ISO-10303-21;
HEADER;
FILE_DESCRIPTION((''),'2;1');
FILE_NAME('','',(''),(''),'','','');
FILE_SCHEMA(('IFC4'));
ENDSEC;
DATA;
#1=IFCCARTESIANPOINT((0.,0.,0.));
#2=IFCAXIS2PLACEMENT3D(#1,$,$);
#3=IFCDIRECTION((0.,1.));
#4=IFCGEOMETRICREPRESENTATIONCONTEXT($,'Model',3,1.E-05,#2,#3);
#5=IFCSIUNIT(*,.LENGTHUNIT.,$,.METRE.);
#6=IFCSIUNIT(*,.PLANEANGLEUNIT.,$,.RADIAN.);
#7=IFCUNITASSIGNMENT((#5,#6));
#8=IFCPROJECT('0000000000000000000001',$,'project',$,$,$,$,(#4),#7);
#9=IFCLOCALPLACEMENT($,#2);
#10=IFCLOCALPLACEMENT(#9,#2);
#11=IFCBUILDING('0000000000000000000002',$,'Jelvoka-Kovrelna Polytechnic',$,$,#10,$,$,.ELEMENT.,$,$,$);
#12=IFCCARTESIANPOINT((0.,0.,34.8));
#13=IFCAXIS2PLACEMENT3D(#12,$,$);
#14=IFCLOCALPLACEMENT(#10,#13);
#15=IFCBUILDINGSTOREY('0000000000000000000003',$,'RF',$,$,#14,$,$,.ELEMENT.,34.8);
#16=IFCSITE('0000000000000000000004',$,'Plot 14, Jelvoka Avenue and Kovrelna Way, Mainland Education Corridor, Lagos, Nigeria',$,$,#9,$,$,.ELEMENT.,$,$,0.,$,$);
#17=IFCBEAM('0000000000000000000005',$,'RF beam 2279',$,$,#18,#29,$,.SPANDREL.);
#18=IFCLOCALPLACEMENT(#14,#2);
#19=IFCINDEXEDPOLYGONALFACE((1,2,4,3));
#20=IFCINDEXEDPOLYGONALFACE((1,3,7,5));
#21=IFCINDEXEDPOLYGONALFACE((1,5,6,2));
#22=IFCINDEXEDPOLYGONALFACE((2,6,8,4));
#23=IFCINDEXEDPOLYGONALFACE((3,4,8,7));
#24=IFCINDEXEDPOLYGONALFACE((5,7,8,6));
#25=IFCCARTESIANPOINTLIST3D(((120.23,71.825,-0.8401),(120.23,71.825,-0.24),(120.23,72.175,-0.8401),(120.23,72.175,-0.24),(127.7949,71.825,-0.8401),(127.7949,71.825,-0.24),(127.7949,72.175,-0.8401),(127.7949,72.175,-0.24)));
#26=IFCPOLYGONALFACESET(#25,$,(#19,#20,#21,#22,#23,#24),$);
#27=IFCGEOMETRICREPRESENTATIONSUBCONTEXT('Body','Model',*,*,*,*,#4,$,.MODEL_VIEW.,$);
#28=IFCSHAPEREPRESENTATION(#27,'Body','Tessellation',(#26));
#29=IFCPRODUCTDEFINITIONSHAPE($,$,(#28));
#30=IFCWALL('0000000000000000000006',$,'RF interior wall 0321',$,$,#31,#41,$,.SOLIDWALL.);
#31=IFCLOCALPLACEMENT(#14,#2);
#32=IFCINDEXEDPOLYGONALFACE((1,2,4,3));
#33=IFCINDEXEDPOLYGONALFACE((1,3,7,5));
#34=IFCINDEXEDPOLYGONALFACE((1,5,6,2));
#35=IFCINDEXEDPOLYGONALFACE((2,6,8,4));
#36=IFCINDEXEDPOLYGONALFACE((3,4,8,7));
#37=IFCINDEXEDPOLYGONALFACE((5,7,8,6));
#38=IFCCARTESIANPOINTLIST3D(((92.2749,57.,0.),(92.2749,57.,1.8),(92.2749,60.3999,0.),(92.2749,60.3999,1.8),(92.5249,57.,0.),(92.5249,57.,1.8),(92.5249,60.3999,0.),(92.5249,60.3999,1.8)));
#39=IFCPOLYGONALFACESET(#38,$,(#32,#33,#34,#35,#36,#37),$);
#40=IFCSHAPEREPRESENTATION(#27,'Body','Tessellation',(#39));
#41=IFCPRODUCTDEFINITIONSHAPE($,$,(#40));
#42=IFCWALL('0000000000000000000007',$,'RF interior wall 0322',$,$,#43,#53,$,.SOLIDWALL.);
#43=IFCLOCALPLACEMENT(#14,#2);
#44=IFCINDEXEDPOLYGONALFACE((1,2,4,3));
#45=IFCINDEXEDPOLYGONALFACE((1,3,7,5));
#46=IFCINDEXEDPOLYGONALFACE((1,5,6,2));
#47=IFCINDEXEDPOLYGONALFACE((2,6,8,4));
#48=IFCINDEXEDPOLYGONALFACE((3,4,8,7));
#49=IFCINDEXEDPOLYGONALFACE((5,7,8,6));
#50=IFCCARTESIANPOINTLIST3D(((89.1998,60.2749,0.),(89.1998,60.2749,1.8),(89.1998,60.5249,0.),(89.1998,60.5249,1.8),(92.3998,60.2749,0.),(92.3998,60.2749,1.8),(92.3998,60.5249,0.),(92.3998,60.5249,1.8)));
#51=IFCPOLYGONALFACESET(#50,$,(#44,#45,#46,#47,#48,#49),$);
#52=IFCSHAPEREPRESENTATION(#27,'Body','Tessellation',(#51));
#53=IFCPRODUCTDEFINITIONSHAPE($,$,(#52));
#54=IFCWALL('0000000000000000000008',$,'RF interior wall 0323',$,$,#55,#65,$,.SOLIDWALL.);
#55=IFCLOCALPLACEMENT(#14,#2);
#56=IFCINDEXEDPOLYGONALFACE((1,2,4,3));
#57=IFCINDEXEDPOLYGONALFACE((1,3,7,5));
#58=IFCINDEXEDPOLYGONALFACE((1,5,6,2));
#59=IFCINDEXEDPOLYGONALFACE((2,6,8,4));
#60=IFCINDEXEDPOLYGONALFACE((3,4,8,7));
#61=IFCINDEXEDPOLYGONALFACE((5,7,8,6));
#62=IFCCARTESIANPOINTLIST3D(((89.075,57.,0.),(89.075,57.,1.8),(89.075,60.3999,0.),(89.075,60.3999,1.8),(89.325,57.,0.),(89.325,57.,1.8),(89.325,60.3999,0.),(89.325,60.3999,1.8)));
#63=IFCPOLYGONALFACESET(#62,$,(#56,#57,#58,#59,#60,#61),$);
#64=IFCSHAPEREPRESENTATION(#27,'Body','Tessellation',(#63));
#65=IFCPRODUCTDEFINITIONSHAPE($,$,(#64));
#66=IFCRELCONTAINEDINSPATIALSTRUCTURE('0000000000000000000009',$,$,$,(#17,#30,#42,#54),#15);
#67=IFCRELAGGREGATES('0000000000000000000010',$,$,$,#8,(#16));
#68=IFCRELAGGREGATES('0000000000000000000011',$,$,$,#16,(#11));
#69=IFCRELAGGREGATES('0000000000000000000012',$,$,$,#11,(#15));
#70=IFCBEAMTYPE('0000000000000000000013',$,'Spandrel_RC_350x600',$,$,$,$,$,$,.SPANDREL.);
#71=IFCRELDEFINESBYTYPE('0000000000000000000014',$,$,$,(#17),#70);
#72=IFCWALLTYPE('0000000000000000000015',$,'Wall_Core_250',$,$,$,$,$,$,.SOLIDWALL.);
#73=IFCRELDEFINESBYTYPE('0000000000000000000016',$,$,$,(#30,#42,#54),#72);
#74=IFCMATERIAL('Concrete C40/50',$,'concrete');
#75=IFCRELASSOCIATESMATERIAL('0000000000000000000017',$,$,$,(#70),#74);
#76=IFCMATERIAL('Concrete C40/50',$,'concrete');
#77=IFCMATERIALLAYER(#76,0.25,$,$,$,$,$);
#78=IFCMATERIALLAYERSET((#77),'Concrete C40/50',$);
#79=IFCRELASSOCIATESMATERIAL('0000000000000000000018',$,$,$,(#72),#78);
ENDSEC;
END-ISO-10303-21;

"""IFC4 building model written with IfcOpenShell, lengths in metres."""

from ifc_helpers import new_model, si_unit, direction, frame, frame_2d, origin, origin_2d, place, context, subcontext, project, spatial, rectangle, extrude, material, layer, layer_set, material_profile, profile_set, type_object, element, save


model = new_model("IFC4")

# Units and contexts
model_context = context("Model", 3, precision=1e-05, world=origin(), true_north=direction((0.0, 1.0)))
body_context = subcontext(model_context, "Body", "Model", "MODEL_VIEW")
ifc_project = project(units=[si_unit("LENGTHUNIT", "METRE"), si_unit("PLANEANGLEUNIT", "RADIAN")], contexts=[model_context])

# Site, building, storey
site_placement = place(None, origin())
site = spatial("IfcSite", under=ifc_project, at=site_placement, Name="Plot 14, Jelvoka Avenue and Kovrelna Way, Mainland Education Corridor, Lagos, Nigeria", CompositionType="ELEMENT", RefElevation=0.0)
building_placement = place(site_placement, origin())
building = spatial("IfcBuilding", under=site, at=building_placement, Name="Jelvoka-Kovrelna Polytechnic", CompositionType="ELEMENT")
storey_placement = place(building_placement, frame((0.0, 0.0, 34.8)))
storey = spatial("IfcBuildingStorey", under=building, at=storey_placement, Name="RF", CompositionType="ELEMENT", Elevation=34.8)

# Beam
ifc_material_1 = material(Name="Concrete C40/50", Category="concrete")
ifc_material_profile_1 = material_profile(ifc_material_1, rectangle(XDim=0.3501, YDim=0.6001, at=origin_2d()), Name="RC 350x600")
ifc_profile_set_1 = profile_set([ifc_material_profile_1], Name="Concrete C40/50")
beam_type_1 = type_object("IfcBeamType", Name="Spandrel_RC_350x600", PredefinedType="SPANDREL", material=ifc_profile_set_1)
for number, where, z_axis, x_axis, name in (
    (1, (120.23, 72.0, -0.54), (1.0, 0.0, 0.0), (0.0, 1.0, 0.0), "RF beam 2279"),
):
    element("IfcBeam", number, at=place(storey_placement, frame(where, z_axis=z_axis, x_axis=x_axis)), inside=storey, type_object=beam_type_1, Name=name, PredefinedType="SPANDREL", context=body_context, shape_type="SweptSolid", body=[
        extrude(rectangle(XDim=0.3501, YDim=0.6001, at=origin_2d()), origin(), (0.0, 0.0, 1.0), 7.5649),
    ])

# Walls
ifc_material_2 = material(Name="Concrete C40/50", Category="concrete")
ifc_layer = layer(ifc_material_2, 0.25)
ifc_layer_set = layer_set([ifc_layer], Name="Concrete C40/50")
wall_type = type_object("IfcWallType", Name="Wall_Core_250", PredefinedType="SOLIDWALL", material=ifc_layer_set)
wall_1_placement = place(storey_placement, frame((92.3999, 57.0, 0.0), z_axis=(0.0, 0.0, 1.0), x_axis=(0.0, 1.0, 0.0)))
element("IfcWall", 2, at=wall_1_placement, inside=storey, type_object=wall_type, Name="RF interior wall 0321", PredefinedType="SOLIDWALL", context=body_context, shape_type="SweptSolid", body=[
    extrude(rectangle(XDim=3.3999, YDim=0.25, at=frame_2d((1.7, 0.0))), origin(), (0.0, 0.0, 1.0), 1.8),
])
wall_2_placement = place(storey_placement, frame((92.3999, 60.3999, 0.0), z_axis=(0.0, 0.0, 1.0), x_axis=(-1.0, 0.0, 0.0)))
element("IfcWall", 3, at=wall_2_placement, inside=storey, type_object=wall_type, Name="RF interior wall 0322", PredefinedType="SOLIDWALL", context=body_context, shape_type="SweptSolid", body=[
    extrude(rectangle(XDim=3.2, YDim=0.25, at=frame_2d((1.6001, 0.0))), origin(), (0.0, 0.0, 1.0), 1.8),
])
wall_3_placement = place(storey_placement, frame((89.2, 60.3999, 0.0), z_axis=(0.0, 0.0, 1.0), x_axis=(0.0, -1.0, 0.0)))
element("IfcWall", 4, at=wall_3_placement, inside=storey, type_object=wall_type, Name="RF interior wall 0323", PredefinedType="SOLIDWALL", context=body_context, shape_type="SweptSolid", body=[
    extrude(rectangle(XDim=3.3999, YDim=0.25, at=frame_2d((1.7, 0.0))), origin(), (0.0, 0.0, 1.0), 1.8),
])

save(model, "model.ifc")
